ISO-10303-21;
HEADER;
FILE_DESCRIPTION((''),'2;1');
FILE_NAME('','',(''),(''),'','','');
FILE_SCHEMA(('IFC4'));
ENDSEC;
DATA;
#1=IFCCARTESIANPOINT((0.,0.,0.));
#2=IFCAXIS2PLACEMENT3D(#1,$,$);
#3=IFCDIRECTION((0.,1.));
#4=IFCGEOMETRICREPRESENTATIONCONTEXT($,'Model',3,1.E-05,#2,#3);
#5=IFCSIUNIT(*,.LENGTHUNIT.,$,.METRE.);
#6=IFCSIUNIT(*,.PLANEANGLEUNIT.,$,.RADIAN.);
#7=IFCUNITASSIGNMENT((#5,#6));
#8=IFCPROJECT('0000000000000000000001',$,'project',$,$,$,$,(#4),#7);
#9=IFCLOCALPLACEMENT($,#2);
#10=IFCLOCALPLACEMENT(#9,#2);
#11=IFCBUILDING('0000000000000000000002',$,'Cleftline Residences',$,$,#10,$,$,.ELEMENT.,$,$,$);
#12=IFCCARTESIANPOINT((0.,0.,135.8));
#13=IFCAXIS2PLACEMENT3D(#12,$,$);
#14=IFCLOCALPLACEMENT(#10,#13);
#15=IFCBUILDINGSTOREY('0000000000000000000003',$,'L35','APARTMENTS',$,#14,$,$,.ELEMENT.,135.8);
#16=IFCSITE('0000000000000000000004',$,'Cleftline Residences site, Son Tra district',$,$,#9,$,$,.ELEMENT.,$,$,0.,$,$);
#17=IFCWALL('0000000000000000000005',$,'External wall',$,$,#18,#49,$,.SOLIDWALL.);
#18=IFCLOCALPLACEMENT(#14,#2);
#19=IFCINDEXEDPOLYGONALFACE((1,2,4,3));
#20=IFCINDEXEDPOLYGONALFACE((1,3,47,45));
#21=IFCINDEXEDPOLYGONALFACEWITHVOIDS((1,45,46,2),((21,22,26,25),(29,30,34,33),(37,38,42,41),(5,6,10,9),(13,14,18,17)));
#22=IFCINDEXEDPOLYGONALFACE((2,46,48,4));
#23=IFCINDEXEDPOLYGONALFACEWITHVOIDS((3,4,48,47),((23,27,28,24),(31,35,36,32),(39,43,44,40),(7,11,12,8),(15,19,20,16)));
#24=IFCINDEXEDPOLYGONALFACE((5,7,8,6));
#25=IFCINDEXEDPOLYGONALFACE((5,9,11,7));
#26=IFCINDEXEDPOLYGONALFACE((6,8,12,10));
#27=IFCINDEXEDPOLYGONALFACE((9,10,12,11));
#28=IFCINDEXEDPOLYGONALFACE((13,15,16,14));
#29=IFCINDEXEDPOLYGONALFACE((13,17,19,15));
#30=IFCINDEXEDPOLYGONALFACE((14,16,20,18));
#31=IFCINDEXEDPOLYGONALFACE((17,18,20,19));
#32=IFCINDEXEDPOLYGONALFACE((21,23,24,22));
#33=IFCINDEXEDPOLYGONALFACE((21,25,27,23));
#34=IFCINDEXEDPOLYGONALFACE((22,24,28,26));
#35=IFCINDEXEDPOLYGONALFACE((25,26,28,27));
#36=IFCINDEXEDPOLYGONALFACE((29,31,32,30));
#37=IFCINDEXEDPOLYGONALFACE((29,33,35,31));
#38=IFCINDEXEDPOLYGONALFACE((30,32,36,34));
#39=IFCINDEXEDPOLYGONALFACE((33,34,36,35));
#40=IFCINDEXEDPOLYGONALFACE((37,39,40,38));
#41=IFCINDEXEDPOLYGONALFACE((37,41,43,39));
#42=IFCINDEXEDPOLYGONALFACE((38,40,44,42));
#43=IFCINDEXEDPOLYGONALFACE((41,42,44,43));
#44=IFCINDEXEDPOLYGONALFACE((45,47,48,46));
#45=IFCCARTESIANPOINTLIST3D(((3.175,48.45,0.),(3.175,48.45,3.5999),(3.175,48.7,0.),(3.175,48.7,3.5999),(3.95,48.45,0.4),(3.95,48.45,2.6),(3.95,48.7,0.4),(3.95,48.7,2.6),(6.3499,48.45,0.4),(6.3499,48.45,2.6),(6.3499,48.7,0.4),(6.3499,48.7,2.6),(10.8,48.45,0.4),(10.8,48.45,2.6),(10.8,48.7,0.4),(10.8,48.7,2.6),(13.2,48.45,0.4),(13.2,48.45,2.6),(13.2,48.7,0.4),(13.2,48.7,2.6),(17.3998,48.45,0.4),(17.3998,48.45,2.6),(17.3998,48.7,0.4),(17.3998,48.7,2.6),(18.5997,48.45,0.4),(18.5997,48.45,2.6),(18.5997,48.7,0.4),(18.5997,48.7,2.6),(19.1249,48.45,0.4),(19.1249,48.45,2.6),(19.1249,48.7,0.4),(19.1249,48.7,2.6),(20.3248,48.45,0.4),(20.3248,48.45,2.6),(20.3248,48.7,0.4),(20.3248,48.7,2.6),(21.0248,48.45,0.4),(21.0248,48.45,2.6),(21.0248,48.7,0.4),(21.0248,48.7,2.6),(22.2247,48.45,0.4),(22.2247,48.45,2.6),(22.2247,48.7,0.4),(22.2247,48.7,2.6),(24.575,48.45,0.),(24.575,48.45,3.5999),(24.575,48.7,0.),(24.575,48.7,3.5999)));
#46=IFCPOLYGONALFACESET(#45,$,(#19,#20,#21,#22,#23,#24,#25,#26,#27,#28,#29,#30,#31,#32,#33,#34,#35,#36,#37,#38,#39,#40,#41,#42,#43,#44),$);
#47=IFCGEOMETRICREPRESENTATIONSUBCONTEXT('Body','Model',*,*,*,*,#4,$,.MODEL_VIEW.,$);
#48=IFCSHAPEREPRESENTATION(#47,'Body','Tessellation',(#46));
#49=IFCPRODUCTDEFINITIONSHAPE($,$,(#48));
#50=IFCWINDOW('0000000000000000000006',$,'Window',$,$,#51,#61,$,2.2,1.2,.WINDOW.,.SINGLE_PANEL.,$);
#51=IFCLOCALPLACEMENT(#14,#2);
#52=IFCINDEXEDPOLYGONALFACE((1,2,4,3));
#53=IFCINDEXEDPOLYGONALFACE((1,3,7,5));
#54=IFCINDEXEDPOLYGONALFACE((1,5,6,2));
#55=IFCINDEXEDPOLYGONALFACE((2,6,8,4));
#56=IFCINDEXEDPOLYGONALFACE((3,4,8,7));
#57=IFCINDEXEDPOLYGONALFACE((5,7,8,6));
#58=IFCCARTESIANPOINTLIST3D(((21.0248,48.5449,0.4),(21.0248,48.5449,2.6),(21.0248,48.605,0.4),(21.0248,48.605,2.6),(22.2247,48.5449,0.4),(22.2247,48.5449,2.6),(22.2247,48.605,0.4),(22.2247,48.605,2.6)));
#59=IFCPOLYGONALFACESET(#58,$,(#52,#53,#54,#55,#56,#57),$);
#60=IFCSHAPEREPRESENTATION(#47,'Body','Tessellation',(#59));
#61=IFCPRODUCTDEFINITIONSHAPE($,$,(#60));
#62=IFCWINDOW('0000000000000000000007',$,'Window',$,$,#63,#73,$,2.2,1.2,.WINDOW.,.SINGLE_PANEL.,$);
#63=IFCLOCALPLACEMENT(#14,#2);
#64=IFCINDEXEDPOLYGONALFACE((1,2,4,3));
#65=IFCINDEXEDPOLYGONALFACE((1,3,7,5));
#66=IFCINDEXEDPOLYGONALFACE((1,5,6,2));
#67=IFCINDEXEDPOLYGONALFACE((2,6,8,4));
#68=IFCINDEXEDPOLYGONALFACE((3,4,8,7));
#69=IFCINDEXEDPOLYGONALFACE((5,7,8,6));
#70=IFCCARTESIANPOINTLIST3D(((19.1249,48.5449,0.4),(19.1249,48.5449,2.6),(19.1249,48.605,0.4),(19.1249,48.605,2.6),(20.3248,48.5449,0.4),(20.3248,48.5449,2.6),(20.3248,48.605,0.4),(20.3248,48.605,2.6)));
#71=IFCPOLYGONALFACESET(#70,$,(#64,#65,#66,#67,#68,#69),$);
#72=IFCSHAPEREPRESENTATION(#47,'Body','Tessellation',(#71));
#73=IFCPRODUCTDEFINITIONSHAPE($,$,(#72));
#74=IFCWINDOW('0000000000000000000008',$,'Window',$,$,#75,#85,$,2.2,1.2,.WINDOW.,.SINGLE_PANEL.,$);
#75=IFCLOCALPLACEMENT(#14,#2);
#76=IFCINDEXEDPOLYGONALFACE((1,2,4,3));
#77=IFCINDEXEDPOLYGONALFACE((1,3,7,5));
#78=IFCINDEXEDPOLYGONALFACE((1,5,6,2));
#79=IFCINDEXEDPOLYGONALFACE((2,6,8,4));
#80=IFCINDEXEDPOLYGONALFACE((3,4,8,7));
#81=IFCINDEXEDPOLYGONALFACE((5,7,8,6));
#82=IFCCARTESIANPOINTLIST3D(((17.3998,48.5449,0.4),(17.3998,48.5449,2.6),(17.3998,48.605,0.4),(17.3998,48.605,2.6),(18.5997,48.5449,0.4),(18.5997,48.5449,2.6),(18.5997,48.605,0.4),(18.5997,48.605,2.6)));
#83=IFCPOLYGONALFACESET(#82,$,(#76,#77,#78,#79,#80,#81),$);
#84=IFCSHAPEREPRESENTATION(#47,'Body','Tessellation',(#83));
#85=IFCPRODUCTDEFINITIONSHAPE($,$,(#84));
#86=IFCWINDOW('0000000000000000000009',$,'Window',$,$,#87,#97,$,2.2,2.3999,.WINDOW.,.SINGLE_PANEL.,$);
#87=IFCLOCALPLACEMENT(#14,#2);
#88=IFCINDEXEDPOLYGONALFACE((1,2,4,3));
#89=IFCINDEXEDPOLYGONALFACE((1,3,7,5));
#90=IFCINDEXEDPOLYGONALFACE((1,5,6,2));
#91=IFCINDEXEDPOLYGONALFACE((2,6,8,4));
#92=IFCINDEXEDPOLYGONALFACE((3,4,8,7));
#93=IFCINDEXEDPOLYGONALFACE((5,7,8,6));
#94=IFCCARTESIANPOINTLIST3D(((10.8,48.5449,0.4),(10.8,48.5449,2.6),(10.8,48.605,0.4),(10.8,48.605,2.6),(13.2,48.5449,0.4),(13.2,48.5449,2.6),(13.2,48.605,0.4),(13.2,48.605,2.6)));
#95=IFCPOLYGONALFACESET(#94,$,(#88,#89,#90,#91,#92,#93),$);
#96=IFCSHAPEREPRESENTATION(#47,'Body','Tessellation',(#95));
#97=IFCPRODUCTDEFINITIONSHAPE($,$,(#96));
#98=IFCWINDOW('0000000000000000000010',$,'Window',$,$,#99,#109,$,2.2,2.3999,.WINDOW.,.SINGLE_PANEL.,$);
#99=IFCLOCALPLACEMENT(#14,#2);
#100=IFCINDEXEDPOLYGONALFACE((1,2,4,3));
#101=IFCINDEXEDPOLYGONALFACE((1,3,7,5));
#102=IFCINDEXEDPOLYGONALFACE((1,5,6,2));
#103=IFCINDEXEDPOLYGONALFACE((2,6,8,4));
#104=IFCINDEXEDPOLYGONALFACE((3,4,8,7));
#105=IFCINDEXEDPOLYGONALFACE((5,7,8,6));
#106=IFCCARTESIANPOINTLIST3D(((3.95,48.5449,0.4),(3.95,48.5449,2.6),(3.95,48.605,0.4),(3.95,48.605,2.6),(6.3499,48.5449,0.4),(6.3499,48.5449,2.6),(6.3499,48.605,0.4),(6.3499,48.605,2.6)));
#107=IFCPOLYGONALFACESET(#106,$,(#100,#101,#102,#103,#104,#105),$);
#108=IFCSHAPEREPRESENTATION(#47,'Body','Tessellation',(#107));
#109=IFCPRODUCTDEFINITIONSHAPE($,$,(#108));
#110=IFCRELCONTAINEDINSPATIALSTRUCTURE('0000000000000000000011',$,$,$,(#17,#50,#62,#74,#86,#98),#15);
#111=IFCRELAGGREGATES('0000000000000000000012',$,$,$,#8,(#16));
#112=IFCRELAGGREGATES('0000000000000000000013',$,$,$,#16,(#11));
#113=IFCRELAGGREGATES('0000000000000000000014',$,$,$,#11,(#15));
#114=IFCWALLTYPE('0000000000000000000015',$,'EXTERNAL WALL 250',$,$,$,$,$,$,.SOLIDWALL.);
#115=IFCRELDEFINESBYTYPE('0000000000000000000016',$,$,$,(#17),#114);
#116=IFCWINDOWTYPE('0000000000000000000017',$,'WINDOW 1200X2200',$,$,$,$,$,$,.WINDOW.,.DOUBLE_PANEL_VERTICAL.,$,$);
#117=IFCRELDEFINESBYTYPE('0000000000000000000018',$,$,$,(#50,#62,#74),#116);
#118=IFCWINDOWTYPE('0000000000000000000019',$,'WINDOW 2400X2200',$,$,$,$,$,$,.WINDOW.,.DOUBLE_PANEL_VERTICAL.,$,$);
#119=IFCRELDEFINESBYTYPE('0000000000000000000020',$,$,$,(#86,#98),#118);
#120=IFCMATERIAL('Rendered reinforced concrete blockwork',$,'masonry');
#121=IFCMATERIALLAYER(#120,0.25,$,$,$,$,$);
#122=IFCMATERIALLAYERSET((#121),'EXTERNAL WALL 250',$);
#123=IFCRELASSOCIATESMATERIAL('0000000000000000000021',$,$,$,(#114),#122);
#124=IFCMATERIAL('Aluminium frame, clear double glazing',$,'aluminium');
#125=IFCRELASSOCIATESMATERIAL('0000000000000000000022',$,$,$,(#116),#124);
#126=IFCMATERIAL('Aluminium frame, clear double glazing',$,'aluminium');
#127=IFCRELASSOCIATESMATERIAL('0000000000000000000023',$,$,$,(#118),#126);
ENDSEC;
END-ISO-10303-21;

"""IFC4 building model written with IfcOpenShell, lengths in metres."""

from ifc_helpers import new_model, si_unit, direction, frame, frame_2d, origin, place, context, subcontext, project, spatial, rectangle, extrude, material, layer, layer_set, type_object, element, fill, save


model = new_model("IFC4")

# Units and contexts
model_context = context("Model", 3, precision=1e-05, world=origin(), true_north=direction((0.0, 1.0)))
body_context = subcontext(model_context, "Body", "Model", "MODEL_VIEW")
ifc_project = project(units=[si_unit("LENGTHUNIT", "METRE"), si_unit("PLANEANGLEUNIT", "RADIAN")], contexts=[model_context])

# Site, building, storey
site_placement = place(None, origin())
site = spatial("IfcSite", under=ifc_project, at=site_placement, Name="Cleftline Residences site, Son Tra district", CompositionType="ELEMENT", RefElevation=0.0)
building_placement = place(site_placement, origin())
building = spatial("IfcBuilding", under=site, at=building_placement, Name="Cleftline Residences", CompositionType="ELEMENT")
storey_placement = place(building_placement, frame((0.0, 0.0, 135.8)))
storey = spatial("IfcBuildingStorey", under=building, at=storey_placement, Name="L35", Description="APARTMENTS", CompositionType="ELEMENT", Elevation=135.8)

# Wall, openings, windows
ifc_material_1 = material(Name="Rendered reinforced concrete blockwork", Category="masonry")
ifc_layer_1 = layer(ifc_material_1, 0.25)
ifc_layer_set_1 = layer_set([ifc_layer_1], Name="EXTERNAL WALL 250")
wall_type = type_object("IfcWallType", Name="EXTERNAL WALL 250", PredefinedType="SOLIDWALL", material=ifc_layer_set_1)
wall_placement = place(storey_placement, frame((24.575, 48.575, 0.0), z_axis=(0.0, 0.0, 1.0), x_axis=(-1.0, 0.0, 0.0)))
wall = element("IfcWall", 1, at=wall_placement, inside=storey, type_object=wall_type, Name="External wall", PredefinedType="SOLIDWALL", context=body_context, shape_type="SweptSolid", body=[
    extrude(rectangle(XDim=21.3999, YDim=0.25, at=frame_2d((10.7, 0.0))), origin(), (0.0, 0.0, 1.0), 3.5999),
])
opening_1_placement = place(wall_placement, frame((2.3501, 0.0, 0.3999)))
opening_1 = element("IfcOpeningElement", 2, at=opening_1_placement, cuts=wall, PredefinedType="OPENING", context=body_context, shape_type="SweptSolid", body=[
    extrude(rectangle(XDim=1.2, YDim=2.2, at=frame_2d((0.6001, 1.1001))), frame((0.0, 0.135, 0.0), z_axis=(0.0, -1.0, 0.0), x_axis=(1.0, 0.0, 0.0)), (0.0, 0.0, 1.0), 0.27),
])
opening_2_placement = place(wall_placement, frame((4.25, 0.0, 0.3999)))
opening_2 = element("IfcOpeningElement", 3, at=opening_2_placement, cuts=wall, PredefinedType="OPENING", context=body_context, shape_type="SweptSolid", body=[
    extrude(rectangle(XDim=1.2, YDim=2.2, at=frame_2d((0.6001, 1.1001))), frame((0.0, 0.135, 0.0), z_axis=(0.0, -1.0, 0.0), x_axis=(1.0, 0.0, 0.0)), (0.0, 0.0, 1.0), 0.27),
])
opening_3_placement = place(wall_placement, frame((5.9751, 0.0, 0.3999)))
opening_3 = element("IfcOpeningElement", 4, at=opening_3_placement, cuts=wall, PredefinedType="OPENING", context=body_context, shape_type="SweptSolid", body=[
    extrude(rectangle(XDim=1.2, YDim=2.2, at=frame_2d((0.6001, 1.1001))), frame((0.0, 0.135, 0.0), z_axis=(0.0, -1.0, 0.0), x_axis=(1.0, 0.0, 0.0)), (0.0, 0.0, 1.0), 0.27),
])
opening_4_placement = place(wall_placement, frame((11.375, 0.0, 0.3999)))
opening_4 = element("IfcOpeningElement", 5, at=opening_4_placement, cuts=wall, PredefinedType="OPENING", context=body_context, shape_type="SweptSolid", body=[
    extrude(rectangle(XDim=2.3999, YDim=2.2, at=frame_2d((1.2, 1.1001))), frame((0.0, 0.135, 0.0), z_axis=(0.0, -1.0, 0.0), x_axis=(1.0, 0.0, 0.0)), (0.0, 0.0, 1.0), 0.27),
])
opening_5_placement = place(wall_placement, frame((18.2251, 0.0, 0.3999)))
opening_5 = element("IfcOpeningElement", 6, at=opening_5_placement, cuts=wall, PredefinedType="OPENING", context=body_context, shape_type="SweptSolid", body=[
    extrude(rectangle(XDim=2.3999, YDim=2.2, at=frame_2d((1.2, 1.1001))), frame((0.0, 0.135, 0.0), z_axis=(0.0, -1.0, 0.0), x_axis=(1.0, 0.0, 0.0)), (0.0, 0.0, 1.0), 0.27),
])
ifc_material_2 = material(Name="Aluminium frame, clear double glazing", Category="aluminium")
window_type_1 = type_object("IfcWindowType", Name="WINDOW 1200X2200", PartitioningType="DOUBLE_PANEL_VERTICAL", PredefinedType="WINDOW", material=ifc_material_2)
window_1_placement = place(opening_1_placement, origin())
window_1 = element("IfcWindow", 7, at=window_1_placement, inside=storey, type_object=window_type_1, Name="Window", OverallHeight=2.2, OverallWidth=1.2, PartitioningType="SINGLE_PANEL", PredefinedType="WINDOW", context=body_context, shape_type="SweptSolid", body=[
    extrude(rectangle(XDim=1.2, YDim=2.2, at=frame_2d((0.6001, 1.1001))), frame((0.0, 0.03, 0.0), z_axis=(0.0, -1.0, 0.0), x_axis=(1.0, 0.0, 0.0)), (0.0, 0.0, 1.0), 0.0601),
])
fill(opening_1, window_1)
window_2_placement = place(opening_2_placement, origin())
window_2 = element("IfcWindow", 8, at=window_2_placement, inside=storey, type_object=window_type_1, Name="Window", OverallHeight=2.2, OverallWidth=1.2, PartitioningType="SINGLE_PANEL", PredefinedType="WINDOW", context=body_context, shape_type="SweptSolid", body=[
    extrude(rectangle(XDim=1.2, YDim=2.2, at=frame_2d((0.6001, 1.1001))), frame((0.0, 0.03, 0.0), z_axis=(0.0, -1.0, 0.0), x_axis=(1.0, 0.0, 0.0)), (0.0, 0.0, 1.0), 0.0601),
])
fill(opening_2, window_2)
window_3_placement = place(opening_3_placement, origin())
window_3 = element("IfcWindow", 9, at=window_3_placement, inside=storey, type_object=window_type_1, Name="Window", OverallHeight=2.2, OverallWidth=1.2, PartitioningType="SINGLE_PANEL", PredefinedType="WINDOW", context=body_context, shape_type="SweptSolid", body=[
    extrude(rectangle(XDim=1.2, YDim=2.2, at=frame_2d((0.6001, 1.1001))), frame((0.0, 0.03, 0.0), z_axis=(0.0, -1.0, 0.0), x_axis=(1.0, 0.0, 0.0)), (0.0, 0.0, 1.0), 0.0601),
])
fill(opening_3, window_3)
ifc_material_3 = material(Name="Aluminium frame, clear double glazing", Category="aluminium")
window_type_2 = type_object("IfcWindowType", Name="WINDOW 2400X2200", PartitioningType="DOUBLE_PANEL_VERTICAL", PredefinedType="WINDOW", material=ifc_material_3)
window_4_placement = place(opening_4_placement, origin())
window_4 = element("IfcWindow", 10, at=window_4_placement, inside=storey, type_object=window_type_2, Name="Window", OverallHeight=2.2, OverallWidth=2.3999, PartitioningType="SINGLE_PANEL", PredefinedType="WINDOW", context=body_context, shape_type="SweptSolid", body=[
    extrude(rectangle(XDim=2.3999, YDim=2.2, at=frame_2d((1.2, 1.1001))), frame((0.0, 0.03, 0.0), z_axis=(0.0, -1.0, 0.0), x_axis=(1.0, 0.0, 0.0)), (0.0, 0.0, 1.0), 0.0601),
])
fill(opening_4, window_4)
window_5_placement = place(opening_5_placement, origin())
window_5 = element("IfcWindow", 11, at=window_5_placement, inside=storey, type_object=window_type_2, Name="Window", OverallHeight=2.2, OverallWidth=2.3999, PartitioningType="SINGLE_PANEL", PredefinedType="WINDOW", context=body_context, shape_type="SweptSolid", body=[
    extrude(rectangle(XDim=2.3999, YDim=2.2, at=frame_2d((1.2, 1.1001))), frame((0.0, 0.03, 0.0), z_axis=(0.0, -1.0, 0.0), x_axis=(1.0, 0.0, 0.0)), (0.0, 0.0, 1.0), 0.0601),
])
fill(opening_5, window_5)

save(model, "model.ifc")
